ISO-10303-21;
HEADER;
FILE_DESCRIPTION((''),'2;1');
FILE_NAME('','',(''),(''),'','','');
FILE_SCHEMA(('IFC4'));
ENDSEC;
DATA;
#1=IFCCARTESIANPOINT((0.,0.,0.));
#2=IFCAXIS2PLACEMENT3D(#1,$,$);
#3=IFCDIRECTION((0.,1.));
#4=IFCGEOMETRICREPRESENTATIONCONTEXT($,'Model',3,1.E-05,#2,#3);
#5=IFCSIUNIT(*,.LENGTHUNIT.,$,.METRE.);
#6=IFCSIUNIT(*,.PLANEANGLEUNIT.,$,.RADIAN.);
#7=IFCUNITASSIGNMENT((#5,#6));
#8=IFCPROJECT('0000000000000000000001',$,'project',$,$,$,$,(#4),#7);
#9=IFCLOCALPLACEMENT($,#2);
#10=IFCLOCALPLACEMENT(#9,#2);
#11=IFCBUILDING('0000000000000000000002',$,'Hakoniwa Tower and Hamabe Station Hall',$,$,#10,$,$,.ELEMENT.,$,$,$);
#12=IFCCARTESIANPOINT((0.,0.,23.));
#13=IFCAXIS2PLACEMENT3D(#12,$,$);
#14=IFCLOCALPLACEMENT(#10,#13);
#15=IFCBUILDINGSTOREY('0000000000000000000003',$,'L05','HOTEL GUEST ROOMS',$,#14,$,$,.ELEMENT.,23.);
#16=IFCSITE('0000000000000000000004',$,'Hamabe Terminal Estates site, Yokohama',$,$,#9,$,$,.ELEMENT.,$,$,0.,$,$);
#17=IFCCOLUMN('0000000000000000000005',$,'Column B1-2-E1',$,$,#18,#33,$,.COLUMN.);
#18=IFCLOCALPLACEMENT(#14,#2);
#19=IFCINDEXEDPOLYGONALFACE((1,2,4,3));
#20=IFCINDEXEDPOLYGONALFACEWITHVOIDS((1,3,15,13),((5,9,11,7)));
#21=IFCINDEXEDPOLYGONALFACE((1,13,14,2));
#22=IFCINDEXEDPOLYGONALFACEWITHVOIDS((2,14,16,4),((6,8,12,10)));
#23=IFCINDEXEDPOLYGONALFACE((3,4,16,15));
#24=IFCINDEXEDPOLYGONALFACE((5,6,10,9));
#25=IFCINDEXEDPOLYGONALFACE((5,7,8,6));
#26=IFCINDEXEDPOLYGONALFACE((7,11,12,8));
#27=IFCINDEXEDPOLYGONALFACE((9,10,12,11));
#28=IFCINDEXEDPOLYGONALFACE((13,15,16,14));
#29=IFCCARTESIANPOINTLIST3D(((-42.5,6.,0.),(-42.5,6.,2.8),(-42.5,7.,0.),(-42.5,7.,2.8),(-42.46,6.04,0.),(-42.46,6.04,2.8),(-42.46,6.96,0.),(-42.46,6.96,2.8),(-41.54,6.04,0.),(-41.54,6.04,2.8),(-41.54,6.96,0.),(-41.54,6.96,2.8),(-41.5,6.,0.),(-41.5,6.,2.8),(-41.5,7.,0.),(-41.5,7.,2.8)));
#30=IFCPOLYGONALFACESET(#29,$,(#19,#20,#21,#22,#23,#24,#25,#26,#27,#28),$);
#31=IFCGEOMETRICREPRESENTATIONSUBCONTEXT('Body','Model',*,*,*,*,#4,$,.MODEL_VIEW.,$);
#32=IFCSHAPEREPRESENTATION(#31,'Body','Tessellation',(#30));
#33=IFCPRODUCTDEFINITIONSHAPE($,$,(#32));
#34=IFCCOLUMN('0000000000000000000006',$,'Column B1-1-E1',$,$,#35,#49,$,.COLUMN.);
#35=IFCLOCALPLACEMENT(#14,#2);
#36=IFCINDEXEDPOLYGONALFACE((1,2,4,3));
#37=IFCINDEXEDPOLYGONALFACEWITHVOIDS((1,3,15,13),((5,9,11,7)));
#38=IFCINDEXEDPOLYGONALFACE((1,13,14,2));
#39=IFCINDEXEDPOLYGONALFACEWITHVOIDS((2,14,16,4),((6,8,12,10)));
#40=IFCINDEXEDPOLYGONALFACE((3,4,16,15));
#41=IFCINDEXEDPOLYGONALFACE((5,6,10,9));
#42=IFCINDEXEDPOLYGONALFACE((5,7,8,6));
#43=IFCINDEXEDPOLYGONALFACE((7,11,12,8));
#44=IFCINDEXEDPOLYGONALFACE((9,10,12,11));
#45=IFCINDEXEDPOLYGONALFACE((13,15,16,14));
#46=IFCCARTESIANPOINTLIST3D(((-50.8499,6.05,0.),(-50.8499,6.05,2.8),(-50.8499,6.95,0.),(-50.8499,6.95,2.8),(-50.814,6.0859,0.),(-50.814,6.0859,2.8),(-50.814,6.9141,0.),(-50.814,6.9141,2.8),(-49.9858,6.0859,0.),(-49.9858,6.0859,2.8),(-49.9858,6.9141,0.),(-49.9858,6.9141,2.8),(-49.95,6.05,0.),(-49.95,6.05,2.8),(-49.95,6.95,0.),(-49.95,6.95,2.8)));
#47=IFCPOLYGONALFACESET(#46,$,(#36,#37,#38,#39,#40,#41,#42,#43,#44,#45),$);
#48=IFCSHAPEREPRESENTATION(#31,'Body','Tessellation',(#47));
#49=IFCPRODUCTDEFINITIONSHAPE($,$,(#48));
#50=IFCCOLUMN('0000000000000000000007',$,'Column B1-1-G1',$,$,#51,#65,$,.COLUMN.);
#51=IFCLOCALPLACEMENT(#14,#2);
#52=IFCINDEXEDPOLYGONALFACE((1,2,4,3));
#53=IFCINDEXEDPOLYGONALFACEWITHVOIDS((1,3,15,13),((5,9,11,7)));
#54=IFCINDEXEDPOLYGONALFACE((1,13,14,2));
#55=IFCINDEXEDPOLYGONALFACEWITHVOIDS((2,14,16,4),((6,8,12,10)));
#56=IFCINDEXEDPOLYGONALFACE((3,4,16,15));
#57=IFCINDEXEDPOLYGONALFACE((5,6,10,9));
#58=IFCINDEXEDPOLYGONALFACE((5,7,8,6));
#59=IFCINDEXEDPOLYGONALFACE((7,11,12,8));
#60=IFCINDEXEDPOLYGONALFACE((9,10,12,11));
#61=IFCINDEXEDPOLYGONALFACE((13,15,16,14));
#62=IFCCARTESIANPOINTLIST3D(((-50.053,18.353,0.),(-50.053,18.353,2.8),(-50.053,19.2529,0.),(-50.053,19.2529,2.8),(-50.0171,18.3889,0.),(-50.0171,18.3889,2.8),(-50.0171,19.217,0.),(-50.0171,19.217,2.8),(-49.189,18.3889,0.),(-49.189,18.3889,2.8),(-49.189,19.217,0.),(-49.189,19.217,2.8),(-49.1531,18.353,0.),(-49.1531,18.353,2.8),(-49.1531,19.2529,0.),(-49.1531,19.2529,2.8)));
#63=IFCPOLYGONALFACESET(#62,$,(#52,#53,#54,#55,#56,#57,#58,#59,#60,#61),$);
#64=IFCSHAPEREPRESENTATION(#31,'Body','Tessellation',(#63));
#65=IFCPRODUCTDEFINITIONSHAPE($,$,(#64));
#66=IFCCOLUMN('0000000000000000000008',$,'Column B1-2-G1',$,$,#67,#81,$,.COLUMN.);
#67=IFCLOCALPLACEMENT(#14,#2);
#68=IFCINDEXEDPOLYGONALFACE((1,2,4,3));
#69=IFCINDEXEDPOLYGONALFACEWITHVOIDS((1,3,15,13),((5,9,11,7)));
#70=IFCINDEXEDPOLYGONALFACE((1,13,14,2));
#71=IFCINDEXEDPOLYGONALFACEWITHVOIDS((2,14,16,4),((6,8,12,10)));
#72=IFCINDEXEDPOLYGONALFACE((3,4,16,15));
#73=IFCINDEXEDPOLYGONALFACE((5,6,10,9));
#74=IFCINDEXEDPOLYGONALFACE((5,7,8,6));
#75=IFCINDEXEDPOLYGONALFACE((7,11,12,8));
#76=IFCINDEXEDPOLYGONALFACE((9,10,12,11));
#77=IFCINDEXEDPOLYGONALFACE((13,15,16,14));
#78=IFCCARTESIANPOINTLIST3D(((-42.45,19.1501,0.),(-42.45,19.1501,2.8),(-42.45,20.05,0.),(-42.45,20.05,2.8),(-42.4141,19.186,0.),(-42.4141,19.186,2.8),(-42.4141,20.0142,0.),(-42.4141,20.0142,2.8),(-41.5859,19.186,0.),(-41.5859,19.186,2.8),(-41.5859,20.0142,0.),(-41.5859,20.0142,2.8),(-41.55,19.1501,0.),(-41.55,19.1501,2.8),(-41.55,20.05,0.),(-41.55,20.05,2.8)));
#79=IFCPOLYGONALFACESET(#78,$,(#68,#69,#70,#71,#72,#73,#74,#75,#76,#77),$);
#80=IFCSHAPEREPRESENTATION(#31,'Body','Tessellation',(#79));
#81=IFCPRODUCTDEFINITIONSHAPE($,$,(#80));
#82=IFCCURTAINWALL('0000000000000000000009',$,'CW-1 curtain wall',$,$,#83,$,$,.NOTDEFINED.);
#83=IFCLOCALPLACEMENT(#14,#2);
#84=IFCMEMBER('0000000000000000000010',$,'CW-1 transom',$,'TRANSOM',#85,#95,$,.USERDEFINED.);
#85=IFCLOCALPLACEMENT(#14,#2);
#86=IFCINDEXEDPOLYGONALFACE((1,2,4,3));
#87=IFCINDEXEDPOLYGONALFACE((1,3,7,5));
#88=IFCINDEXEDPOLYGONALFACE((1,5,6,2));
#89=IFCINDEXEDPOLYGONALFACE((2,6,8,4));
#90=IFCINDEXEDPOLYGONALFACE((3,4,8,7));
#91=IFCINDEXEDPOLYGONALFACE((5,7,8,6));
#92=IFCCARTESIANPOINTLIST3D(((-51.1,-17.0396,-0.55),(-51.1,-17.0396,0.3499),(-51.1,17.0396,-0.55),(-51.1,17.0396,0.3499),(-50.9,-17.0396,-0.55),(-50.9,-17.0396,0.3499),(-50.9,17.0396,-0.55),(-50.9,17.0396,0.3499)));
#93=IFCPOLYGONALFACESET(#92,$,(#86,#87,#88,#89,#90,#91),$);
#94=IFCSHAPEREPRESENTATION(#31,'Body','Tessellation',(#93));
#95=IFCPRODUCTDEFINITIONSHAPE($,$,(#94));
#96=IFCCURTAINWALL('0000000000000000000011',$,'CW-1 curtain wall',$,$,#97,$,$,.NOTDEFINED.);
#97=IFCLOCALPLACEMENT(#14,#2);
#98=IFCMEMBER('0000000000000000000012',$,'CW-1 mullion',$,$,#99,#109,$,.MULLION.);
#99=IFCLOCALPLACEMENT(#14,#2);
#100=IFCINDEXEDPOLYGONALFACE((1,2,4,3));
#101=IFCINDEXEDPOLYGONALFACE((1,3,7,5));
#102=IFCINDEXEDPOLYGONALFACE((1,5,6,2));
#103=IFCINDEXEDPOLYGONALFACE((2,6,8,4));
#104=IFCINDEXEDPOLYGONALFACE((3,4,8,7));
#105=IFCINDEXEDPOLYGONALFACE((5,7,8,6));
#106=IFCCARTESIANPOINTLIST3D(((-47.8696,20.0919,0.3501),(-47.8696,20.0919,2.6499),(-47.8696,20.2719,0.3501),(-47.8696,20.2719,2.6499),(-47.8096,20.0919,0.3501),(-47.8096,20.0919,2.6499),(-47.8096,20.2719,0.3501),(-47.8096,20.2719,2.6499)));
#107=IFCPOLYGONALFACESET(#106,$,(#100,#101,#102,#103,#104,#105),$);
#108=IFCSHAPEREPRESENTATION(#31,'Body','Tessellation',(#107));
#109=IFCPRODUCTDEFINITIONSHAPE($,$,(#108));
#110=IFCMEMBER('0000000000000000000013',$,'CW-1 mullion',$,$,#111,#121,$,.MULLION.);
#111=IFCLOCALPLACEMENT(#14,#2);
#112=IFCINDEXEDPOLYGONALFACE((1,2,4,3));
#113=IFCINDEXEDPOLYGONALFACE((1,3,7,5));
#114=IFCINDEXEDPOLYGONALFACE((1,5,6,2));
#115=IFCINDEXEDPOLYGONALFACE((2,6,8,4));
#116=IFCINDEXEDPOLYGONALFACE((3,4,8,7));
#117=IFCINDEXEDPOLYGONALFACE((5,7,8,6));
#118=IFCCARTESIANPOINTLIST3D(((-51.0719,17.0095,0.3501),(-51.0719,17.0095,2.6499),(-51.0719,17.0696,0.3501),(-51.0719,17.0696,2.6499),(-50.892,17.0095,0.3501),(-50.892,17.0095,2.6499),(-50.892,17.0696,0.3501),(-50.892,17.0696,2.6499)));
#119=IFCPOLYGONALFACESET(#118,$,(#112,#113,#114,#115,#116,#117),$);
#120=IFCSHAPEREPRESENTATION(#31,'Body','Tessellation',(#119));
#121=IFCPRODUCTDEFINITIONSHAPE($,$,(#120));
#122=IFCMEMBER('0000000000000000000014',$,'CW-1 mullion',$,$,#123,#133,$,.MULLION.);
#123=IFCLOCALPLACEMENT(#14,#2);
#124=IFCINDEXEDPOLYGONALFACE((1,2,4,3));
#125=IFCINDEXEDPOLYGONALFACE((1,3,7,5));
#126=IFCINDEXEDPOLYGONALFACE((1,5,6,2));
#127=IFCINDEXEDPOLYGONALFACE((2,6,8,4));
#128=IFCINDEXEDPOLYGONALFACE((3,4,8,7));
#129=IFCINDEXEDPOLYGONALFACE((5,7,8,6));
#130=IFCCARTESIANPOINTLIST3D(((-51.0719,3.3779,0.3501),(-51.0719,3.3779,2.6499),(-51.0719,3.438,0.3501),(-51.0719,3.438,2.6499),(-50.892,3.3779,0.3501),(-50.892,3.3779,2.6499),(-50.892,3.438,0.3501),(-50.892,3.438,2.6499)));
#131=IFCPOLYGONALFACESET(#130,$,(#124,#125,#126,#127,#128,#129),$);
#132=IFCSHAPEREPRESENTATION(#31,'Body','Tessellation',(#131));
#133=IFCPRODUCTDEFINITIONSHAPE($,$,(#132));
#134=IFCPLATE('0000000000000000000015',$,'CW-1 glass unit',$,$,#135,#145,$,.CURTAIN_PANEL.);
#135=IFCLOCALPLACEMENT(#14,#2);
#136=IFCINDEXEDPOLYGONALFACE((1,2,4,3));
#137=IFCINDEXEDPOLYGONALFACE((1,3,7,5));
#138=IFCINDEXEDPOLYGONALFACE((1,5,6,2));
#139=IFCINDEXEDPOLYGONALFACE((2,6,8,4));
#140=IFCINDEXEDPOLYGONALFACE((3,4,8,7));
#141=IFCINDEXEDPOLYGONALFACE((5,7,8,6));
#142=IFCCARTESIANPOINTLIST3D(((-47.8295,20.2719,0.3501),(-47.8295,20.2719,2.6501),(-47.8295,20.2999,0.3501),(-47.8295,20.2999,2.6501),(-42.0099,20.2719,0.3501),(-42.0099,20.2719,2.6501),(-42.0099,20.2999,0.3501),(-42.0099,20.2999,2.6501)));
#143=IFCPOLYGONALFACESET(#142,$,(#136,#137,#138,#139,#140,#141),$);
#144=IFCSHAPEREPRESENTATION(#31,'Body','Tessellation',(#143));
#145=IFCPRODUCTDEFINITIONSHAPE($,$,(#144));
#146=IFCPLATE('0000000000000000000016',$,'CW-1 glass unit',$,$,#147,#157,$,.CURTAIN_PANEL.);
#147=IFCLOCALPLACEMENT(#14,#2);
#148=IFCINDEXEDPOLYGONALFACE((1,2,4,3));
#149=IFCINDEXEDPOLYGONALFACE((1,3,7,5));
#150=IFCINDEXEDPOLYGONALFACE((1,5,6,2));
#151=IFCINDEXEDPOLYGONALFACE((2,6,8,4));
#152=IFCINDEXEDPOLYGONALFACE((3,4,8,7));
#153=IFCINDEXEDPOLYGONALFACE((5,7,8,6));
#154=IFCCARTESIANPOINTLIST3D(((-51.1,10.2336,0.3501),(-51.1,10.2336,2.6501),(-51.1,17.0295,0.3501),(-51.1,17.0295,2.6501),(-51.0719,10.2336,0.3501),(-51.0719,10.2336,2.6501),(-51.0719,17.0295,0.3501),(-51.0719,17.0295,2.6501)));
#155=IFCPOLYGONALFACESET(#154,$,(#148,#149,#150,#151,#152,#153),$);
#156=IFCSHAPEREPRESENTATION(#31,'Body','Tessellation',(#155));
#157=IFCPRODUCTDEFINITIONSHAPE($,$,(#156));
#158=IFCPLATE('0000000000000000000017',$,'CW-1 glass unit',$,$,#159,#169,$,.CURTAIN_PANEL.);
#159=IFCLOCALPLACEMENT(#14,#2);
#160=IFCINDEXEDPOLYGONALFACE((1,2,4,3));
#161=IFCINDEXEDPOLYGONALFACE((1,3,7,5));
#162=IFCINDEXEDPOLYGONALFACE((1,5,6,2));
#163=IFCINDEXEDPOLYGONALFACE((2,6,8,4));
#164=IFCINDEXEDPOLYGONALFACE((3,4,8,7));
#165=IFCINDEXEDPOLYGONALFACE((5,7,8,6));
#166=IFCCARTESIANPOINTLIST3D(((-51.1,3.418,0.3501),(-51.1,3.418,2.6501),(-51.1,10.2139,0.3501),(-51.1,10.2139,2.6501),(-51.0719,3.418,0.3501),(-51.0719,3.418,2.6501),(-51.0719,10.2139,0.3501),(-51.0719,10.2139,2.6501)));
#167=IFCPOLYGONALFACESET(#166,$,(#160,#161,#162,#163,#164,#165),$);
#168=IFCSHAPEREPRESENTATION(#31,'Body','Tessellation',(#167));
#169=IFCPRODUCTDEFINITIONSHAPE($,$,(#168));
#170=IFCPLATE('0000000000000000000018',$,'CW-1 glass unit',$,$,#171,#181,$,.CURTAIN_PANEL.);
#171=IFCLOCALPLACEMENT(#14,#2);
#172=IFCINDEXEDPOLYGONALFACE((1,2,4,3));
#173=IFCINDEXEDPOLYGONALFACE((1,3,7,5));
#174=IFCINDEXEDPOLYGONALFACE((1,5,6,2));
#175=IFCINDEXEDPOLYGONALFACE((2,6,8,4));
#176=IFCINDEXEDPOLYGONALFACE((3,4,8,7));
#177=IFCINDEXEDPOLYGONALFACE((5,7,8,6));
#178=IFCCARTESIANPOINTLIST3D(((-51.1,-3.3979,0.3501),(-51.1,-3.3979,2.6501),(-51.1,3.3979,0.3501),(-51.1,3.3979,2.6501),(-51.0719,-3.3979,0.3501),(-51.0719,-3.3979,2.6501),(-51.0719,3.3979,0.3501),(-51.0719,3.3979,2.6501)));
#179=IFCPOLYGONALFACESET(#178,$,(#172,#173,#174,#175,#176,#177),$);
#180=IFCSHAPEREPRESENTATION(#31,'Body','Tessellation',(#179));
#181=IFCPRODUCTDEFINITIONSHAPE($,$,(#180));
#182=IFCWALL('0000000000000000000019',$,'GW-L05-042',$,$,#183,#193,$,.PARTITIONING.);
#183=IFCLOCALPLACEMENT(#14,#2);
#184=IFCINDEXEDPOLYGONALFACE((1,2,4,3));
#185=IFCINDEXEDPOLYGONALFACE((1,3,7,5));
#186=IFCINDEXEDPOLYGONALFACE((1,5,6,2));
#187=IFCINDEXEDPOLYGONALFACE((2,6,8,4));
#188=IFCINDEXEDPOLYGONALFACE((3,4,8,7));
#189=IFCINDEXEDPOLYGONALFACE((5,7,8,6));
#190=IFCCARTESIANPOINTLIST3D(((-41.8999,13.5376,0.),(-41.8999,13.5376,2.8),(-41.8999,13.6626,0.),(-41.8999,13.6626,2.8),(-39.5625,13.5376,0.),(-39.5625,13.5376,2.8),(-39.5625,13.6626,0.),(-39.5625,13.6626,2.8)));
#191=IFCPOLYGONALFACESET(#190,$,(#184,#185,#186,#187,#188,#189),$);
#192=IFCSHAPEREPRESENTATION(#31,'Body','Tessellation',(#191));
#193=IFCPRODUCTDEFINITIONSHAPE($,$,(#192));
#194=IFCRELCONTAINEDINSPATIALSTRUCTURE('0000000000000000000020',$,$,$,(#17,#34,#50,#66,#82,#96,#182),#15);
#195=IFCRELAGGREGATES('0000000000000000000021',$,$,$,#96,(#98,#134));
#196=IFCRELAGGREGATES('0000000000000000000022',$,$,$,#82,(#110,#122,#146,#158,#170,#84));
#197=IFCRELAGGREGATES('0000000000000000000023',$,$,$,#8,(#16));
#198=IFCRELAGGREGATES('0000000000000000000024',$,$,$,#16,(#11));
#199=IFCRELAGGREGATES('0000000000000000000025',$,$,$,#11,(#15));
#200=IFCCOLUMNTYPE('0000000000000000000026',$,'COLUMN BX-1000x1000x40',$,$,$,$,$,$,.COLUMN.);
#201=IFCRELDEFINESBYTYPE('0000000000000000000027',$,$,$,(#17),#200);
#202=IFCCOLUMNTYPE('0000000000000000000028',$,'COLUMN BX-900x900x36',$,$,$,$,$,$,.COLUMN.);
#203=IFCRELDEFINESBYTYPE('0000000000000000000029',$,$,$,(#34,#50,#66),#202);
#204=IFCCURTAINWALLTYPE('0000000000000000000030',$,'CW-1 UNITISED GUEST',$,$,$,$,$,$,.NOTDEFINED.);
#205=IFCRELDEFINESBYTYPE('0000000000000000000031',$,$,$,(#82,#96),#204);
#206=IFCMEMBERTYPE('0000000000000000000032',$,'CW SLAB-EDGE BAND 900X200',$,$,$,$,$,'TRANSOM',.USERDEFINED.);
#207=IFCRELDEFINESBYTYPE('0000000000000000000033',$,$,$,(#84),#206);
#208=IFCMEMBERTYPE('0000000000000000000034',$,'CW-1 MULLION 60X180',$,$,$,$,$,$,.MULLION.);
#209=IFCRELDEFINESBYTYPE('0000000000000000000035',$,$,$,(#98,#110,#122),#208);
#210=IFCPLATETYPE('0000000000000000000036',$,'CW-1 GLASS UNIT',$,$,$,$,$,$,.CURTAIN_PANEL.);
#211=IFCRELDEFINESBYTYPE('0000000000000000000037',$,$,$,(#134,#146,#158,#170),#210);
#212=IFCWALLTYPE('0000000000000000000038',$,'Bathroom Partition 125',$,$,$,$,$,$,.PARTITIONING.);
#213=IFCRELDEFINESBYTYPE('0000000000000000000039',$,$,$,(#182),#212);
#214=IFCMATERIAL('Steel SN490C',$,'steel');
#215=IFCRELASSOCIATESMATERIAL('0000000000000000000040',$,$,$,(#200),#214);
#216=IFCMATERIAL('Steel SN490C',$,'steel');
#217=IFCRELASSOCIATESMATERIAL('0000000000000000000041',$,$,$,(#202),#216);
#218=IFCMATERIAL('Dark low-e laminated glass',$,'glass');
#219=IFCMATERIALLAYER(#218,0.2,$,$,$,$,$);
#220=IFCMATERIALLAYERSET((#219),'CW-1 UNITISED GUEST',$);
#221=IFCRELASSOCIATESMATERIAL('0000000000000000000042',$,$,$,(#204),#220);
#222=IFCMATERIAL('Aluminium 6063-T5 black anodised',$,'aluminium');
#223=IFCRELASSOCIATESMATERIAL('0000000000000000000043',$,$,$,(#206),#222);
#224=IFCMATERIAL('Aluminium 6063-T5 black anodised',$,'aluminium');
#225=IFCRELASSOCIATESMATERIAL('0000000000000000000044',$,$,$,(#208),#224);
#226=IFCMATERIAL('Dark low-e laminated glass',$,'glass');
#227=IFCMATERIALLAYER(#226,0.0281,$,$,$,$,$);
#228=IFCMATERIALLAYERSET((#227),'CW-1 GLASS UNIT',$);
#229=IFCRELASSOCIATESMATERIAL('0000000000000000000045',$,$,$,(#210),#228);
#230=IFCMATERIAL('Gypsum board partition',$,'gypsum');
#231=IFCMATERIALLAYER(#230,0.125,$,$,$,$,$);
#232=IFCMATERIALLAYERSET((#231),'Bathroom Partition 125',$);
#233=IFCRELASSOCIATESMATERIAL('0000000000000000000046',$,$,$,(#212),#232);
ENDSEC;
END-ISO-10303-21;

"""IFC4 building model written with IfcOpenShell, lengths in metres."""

from ifc_helpers import new_model, si_unit, direction, frame, frame_2d, origin, origin_2d, place, context, subcontext, project, spatial, rectangle, hollow_rectangle, extrude, material, layer, layer_set, material_profile, profile_set, type_object, element, aggregate, save


model = new_model("IFC4")

# Units and contexts
model_context = context("Model", 3, precision=1e-05, world=origin(), true_north=direction((0.0, 1.0)))
body_context = subcontext(model_context, "Body", "Model", "MODEL_VIEW")
ifc_project = project(units=[si_unit("LENGTHUNIT", "METRE"), si_unit("PLANEANGLEUNIT", "RADIAN")], contexts=[model_context])

# Site, building, storey
site_placement = place(None, origin())
site = spatial("IfcSite", under=ifc_project, at=site_placement, Name="Hamabe Terminal Estates site, Yokohama", CompositionType="ELEMENT", RefElevation=0.0)
building_placement = place(site_placement, origin())
building = spatial("IfcBuilding", under=site, at=building_placement, Name="Hakoniwa Tower and Hamabe Station Hall", CompositionType="ELEMENT")
storey_placement = place(building_placement, frame((0.0, 0.0, 23.0)))
storey = spatial("IfcBuildingStorey", under=building, at=storey_placement, Name="L05", Description="HOTEL GUEST ROOMS", CompositionType="ELEMENT", Elevation=23.0)

# Columns
ifc_material_1 = material(Name="Steel SN490C", Category="steel")
ifc_material_profile_1 = material_profile(ifc_material_1, hollow_rectangle(XDim=1.0, YDim=1.0, WallThickness=0.04, at=origin_2d()), Name="BX-1000x1000x40")
ifc_profile_set_1 = profile_set([ifc_material_profile_1], Name="Steel SN490C")
column_type_1 = type_object("IfcColumnType", Name="COLUMN BX-1000x1000x40", PredefinedType="COLUMN", material=ifc_profile_set_1)
column_placement = place(storey_placement, frame((-42.0, 6.5, 0.0), z_axis=(0.0, 0.0, 1.0), x_axis=(1.0, 0.0, 0.0)))
element("IfcColumn", 1, at=column_placement, inside=storey, type_object=column_type_1, Name="Column B1-2-E1", PredefinedType="COLUMN", context=body_context, shape_type="SweptSolid", body=[
    extrude(hollow_rectangle(XDim=1.0, YDim=1.0, WallThickness=0.04, at=origin_2d()), origin(), (0.0, 0.0, 1.0), 2.8),
])
ifc_material_2 = material(Name="Steel SN490C", Category="steel")
ifc_material_profile_2 = material_profile(ifc_material_2, hollow_rectangle(XDim=0.8999, YDim=0.8999, WallThickness=0.0359, at=origin_2d()), Name="BX-900x900x36")
ifc_profile_set_2 = profile_set([ifc_material_profile_2], Name="Steel SN490C")
column_type_2 = type_object("IfcColumnType", Name="COLUMN BX-900x900x36", PredefinedType="COLUMN", material=ifc_profile_set_2)
for number, where, z_axis, x_axis, name in (
    (2, (-50.3999, 6.5, 0.0), (0.0, 0.0, 1.0), (1.0, 0.0, 0.0), "Column B1-1-E1"),
    (3, (-49.603, 18.803, 0.0), (0.0, 0.0, 1.0), (1.0, 0.0, 0.0), "Column B1-1-G1"),
    (4, (-42.0, 19.6001, 0.0), (0.0, 0.0, 1.0), (1.0, 0.0, 0.0), "Column B1-2-G1"),
):
    element("IfcColumn", number, at=place(storey_placement, frame(where, z_axis=z_axis, x_axis=x_axis)), inside=storey, type_object=column_type_2, Name=name, PredefinedType="COLUMN", context=body_context, shape_type="SweptSolid", body=[
        extrude(hollow_rectangle(XDim=0.8999, YDim=0.8999, WallThickness=0.0359, at=origin_2d()), origin(), (0.0, 0.0, 1.0), 2.8),
    ])

# Curtain walls, members
ifc_material_3 = material(Name="Dark low-e laminated glass", Category="glass")
ifc_layer_1 = layer(ifc_material_3, 0.2)
ifc_layer_set_1 = layer_set([ifc_layer_1], Name="CW-1 UNITISED GUEST")
curtain_wall_type = type_object("IfcCurtainWallType", Name="CW-1 UNITISED GUEST", PredefinedType="NOTDEFINED", material=ifc_layer_set_1)
curtain_wall_1_placement = place(storey_placement, origin())
curtain_wall_1 = element("IfcCurtainWall", 5, at=curtain_wall_1_placement, inside=storey, type_object=curtain_wall_type, Name="CW-1 curtain wall", PredefinedType="NOTDEFINED")
ifc_material_4 = material(Name="Aluminium 6063-T5 black anodised", Category="aluminium")
ifc_material_profile_3 = material_profile(ifc_material_4, rectangle(XDim=0.2, YDim=0.8999, at=origin_2d()), Name="CW SLAB-EDGE BAND 900X200")
ifc_profile_set_3 = profile_set([ifc_material_profile_3], Name="Aluminium 6063-T5 black anodised")
member_type_1 = type_object("IfcMemberType", Name="CW SLAB-EDGE BAND 900X200", ElementType="TRANSOM", PredefinedType="USERDEFINED", material=ifc_profile_set_3)
member_1_placement = place(storey_placement, frame((-51.0, 17.0396, -0.1001), z_axis=(0.0, -1.0, 0.0), x_axis=(1.0, 0.0, 0.0)))
member_1 = element("IfcMember", 6, at=member_1_placement, type_object=member_type_1, Name="CW-1 transom", ObjectType="TRANSOM", PredefinedType="USERDEFINED", context=body_context, shape_type="SweptSolid", body=[
    extrude(rectangle(XDim=0.2, YDim=0.8999, at=origin_2d()), origin(), (0.0, 0.0, 1.0), 34.0791),
])
curtain_wall_2_placement = place(storey_placement, origin())
curtain_wall_2 = element("IfcCurtainWall", 7, at=curtain_wall_2_placement, inside=storey, type_object=curtain_wall_type, Name="CW-1 curtain wall", PredefinedType="NOTDEFINED")
ifc_material_5 = material(Name="Aluminium 6063-T5 black anodised", Category="aluminium")
ifc_material_profile_4 = material_profile(ifc_material_5, rectangle(XDim=0.0601, YDim=0.1799, at=origin_2d()), Name="CW-1 MULLION 60X180")
ifc_profile_set_4 = profile_set([ifc_material_profile_4], Name="Aluminium 6063-T5 black anodised")
member_type_2 = type_object("IfcMemberType", Name="CW-1 MULLION 60X180", PredefinedType="MULLION", material=ifc_profile_set_4)
member_2_placement = place(storey_placement, frame((-47.8396, 20.1819, 0.3501), z_axis=(0.0, 0.0, 1.0), x_axis=(-1.0, 0.0, 0.0)))
member_2 = element("IfcMember", 8, at=member_2_placement, type_object=member_type_2, Name="CW-1 mullion", PredefinedType="MULLION", context=body_context, shape_type="SweptSolid", body=[
    extrude(rectangle(XDim=0.0601, YDim=0.1799, at=origin_2d()), origin(), (0.0, 0.0, 1.0), 2.2998),
])

# Members
member_3_placement = place(storey_placement, frame((-50.9819, 17.0396, 0.3501), z_axis=(0.0, 0.0, 1.0), x_axis=(0.0, -1.0, 0.0)))
member_3 = element("IfcMember", 9, at=member_3_placement, type_object=member_type_2, Name="CW-1 mullion", PredefinedType="MULLION", context=body_context, shape_type="SweptSolid", body=[
    extrude(rectangle(XDim=0.0601, YDim=0.1799, at=origin_2d()), origin(), (0.0, 0.0, 1.0), 2.2998),
])
member_4_placement = place(storey_placement, frame((-50.9819, 3.408, 0.3501), z_axis=(0.0, 0.0, 1.0), x_axis=(0.0, -1.0, 0.0)))
member_4 = element("IfcMember", 10, at=member_4_placement, type_object=member_type_2, Name="CW-1 mullion", PredefinedType="MULLION", context=body_context, shape_type="SweptSolid", body=[
    extrude(rectangle(XDim=0.0601, YDim=0.1799, at=origin_2d()), origin(), (0.0, 0.0, 1.0), 2.2998),
])

# Plates
ifc_material_6 = material(Name="Dark low-e laminated glass", Category="glass")
ifc_layer_2 = layer(ifc_material_6, 0.0281)
ifc_layer_set_2 = layer_set([ifc_layer_2], Name="CW-1 GLASS UNIT")
plate_type = type_object("IfcPlateType", Name="CW-1 GLASS UNIT", PredefinedType="CURTAIN_PANEL", material=ifc_layer_set_2)
plate_1_placement = place(storey_placement, frame((-44.9197, 20.2859, 0.3501), z_axis=(0.0, 0.0, 1.0), x_axis=(-1.0, 0.0, 0.0)))
plate_1 = element("IfcPlate", 11, at=plate_1_placement, type_object=plate_type, Name="CW-1 glass unit", PredefinedType="CURTAIN_PANEL", context=body_context, shape_type="SweptSolid", body=[
    extrude(rectangle(XDim=5.8196, YDim=0.0281, at=origin_2d()), origin(), (0.0, 0.0, 1.0), 2.3),
])
aggregate(curtain_wall_2, [member_2, plate_1])
plate_2_placement = place(storey_placement, frame((-51.0859, 13.6316, 0.3501), z_axis=(0.0, 0.0, 1.0), x_axis=(0.0, -1.0, 0.0)))
plate_2 = element("IfcPlate", 12, at=plate_2_placement, type_object=plate_type, Name="CW-1 glass unit", PredefinedType="CURTAIN_PANEL", context=body_context, shape_type="SweptSolid", body=[
    extrude(rectangle(XDim=6.7959, YDim=0.0281, at=origin_2d()), origin(), (0.0, 0.0, 1.0), 2.3),
])
plate_3_placement = place(storey_placement, frame((-51.0859, 6.8159, 0.3501), z_axis=(0.0, 0.0, 1.0), x_axis=(0.0, -1.0, 0.0)))
plate_3 = element("IfcPlate", 13, at=plate_3_placement, type_object=plate_type, Name="CW-1 glass unit", PredefinedType="CURTAIN_PANEL", context=body_context, shape_type="SweptSolid", body=[
    extrude(rectangle(XDim=6.7959, YDim=0.0281, at=origin_2d()), origin(), (0.0, 0.0, 1.0), 2.3),
])
plate_4_placement = place(storey_placement, frame((-51.0859, 0.0, 0.3501), z_axis=(0.0, 0.0, 1.0), x_axis=(0.0, -1.0, 0.0)))
plate_4 = element("IfcPlate", 14, at=plate_4_placement, type_object=plate_type, Name="CW-1 glass unit", PredefinedType="CURTAIN_PANEL", context=body_context, shape_type="SweptSolid", body=[
    extrude(rectangle(XDim=6.7959, YDim=0.0281, at=origin_2d()), origin(), (0.0, 0.0, 1.0), 2.3),
])
aggregate(curtain_wall_1, [member_3, member_4, plate_2, plate_3, plate_4, member_1])

# Wall
ifc_material_7 = material(Name="Gypsum board partition", Category="gypsum")
ifc_layer_3 = layer(ifc_material_7, 0.125)
ifc_layer_set_3 = layer_set([ifc_layer_3], Name="Bathroom Partition 125")
wall_type_1 = type_object("IfcWallType", Name="Bathroom Partition 125", PredefinedType="PARTITIONING", material=ifc_layer_set_3)
wall_1_placement = place(storey_placement, frame((-41.8999, 13.6001, 0.0), z_axis=(0.0, 0.0, 1.0), x_axis=(1.0, 0.0, 0.0)))
element("IfcWall", 15, at=wall_1_placement, inside=storey, type_object=wall_type_1, Name="GW-L05-042", PredefinedType="PARTITIONING", context=body_context, shape_type="SweptSolid", body=[
    extrude(rectangle(XDim=2.3374, YDim=0.125, at=frame_2d((1.1687, 0.0))), origin(), (0.0, 0.0, 1.0), 2.8),
])

save(model, "model.ifc")
